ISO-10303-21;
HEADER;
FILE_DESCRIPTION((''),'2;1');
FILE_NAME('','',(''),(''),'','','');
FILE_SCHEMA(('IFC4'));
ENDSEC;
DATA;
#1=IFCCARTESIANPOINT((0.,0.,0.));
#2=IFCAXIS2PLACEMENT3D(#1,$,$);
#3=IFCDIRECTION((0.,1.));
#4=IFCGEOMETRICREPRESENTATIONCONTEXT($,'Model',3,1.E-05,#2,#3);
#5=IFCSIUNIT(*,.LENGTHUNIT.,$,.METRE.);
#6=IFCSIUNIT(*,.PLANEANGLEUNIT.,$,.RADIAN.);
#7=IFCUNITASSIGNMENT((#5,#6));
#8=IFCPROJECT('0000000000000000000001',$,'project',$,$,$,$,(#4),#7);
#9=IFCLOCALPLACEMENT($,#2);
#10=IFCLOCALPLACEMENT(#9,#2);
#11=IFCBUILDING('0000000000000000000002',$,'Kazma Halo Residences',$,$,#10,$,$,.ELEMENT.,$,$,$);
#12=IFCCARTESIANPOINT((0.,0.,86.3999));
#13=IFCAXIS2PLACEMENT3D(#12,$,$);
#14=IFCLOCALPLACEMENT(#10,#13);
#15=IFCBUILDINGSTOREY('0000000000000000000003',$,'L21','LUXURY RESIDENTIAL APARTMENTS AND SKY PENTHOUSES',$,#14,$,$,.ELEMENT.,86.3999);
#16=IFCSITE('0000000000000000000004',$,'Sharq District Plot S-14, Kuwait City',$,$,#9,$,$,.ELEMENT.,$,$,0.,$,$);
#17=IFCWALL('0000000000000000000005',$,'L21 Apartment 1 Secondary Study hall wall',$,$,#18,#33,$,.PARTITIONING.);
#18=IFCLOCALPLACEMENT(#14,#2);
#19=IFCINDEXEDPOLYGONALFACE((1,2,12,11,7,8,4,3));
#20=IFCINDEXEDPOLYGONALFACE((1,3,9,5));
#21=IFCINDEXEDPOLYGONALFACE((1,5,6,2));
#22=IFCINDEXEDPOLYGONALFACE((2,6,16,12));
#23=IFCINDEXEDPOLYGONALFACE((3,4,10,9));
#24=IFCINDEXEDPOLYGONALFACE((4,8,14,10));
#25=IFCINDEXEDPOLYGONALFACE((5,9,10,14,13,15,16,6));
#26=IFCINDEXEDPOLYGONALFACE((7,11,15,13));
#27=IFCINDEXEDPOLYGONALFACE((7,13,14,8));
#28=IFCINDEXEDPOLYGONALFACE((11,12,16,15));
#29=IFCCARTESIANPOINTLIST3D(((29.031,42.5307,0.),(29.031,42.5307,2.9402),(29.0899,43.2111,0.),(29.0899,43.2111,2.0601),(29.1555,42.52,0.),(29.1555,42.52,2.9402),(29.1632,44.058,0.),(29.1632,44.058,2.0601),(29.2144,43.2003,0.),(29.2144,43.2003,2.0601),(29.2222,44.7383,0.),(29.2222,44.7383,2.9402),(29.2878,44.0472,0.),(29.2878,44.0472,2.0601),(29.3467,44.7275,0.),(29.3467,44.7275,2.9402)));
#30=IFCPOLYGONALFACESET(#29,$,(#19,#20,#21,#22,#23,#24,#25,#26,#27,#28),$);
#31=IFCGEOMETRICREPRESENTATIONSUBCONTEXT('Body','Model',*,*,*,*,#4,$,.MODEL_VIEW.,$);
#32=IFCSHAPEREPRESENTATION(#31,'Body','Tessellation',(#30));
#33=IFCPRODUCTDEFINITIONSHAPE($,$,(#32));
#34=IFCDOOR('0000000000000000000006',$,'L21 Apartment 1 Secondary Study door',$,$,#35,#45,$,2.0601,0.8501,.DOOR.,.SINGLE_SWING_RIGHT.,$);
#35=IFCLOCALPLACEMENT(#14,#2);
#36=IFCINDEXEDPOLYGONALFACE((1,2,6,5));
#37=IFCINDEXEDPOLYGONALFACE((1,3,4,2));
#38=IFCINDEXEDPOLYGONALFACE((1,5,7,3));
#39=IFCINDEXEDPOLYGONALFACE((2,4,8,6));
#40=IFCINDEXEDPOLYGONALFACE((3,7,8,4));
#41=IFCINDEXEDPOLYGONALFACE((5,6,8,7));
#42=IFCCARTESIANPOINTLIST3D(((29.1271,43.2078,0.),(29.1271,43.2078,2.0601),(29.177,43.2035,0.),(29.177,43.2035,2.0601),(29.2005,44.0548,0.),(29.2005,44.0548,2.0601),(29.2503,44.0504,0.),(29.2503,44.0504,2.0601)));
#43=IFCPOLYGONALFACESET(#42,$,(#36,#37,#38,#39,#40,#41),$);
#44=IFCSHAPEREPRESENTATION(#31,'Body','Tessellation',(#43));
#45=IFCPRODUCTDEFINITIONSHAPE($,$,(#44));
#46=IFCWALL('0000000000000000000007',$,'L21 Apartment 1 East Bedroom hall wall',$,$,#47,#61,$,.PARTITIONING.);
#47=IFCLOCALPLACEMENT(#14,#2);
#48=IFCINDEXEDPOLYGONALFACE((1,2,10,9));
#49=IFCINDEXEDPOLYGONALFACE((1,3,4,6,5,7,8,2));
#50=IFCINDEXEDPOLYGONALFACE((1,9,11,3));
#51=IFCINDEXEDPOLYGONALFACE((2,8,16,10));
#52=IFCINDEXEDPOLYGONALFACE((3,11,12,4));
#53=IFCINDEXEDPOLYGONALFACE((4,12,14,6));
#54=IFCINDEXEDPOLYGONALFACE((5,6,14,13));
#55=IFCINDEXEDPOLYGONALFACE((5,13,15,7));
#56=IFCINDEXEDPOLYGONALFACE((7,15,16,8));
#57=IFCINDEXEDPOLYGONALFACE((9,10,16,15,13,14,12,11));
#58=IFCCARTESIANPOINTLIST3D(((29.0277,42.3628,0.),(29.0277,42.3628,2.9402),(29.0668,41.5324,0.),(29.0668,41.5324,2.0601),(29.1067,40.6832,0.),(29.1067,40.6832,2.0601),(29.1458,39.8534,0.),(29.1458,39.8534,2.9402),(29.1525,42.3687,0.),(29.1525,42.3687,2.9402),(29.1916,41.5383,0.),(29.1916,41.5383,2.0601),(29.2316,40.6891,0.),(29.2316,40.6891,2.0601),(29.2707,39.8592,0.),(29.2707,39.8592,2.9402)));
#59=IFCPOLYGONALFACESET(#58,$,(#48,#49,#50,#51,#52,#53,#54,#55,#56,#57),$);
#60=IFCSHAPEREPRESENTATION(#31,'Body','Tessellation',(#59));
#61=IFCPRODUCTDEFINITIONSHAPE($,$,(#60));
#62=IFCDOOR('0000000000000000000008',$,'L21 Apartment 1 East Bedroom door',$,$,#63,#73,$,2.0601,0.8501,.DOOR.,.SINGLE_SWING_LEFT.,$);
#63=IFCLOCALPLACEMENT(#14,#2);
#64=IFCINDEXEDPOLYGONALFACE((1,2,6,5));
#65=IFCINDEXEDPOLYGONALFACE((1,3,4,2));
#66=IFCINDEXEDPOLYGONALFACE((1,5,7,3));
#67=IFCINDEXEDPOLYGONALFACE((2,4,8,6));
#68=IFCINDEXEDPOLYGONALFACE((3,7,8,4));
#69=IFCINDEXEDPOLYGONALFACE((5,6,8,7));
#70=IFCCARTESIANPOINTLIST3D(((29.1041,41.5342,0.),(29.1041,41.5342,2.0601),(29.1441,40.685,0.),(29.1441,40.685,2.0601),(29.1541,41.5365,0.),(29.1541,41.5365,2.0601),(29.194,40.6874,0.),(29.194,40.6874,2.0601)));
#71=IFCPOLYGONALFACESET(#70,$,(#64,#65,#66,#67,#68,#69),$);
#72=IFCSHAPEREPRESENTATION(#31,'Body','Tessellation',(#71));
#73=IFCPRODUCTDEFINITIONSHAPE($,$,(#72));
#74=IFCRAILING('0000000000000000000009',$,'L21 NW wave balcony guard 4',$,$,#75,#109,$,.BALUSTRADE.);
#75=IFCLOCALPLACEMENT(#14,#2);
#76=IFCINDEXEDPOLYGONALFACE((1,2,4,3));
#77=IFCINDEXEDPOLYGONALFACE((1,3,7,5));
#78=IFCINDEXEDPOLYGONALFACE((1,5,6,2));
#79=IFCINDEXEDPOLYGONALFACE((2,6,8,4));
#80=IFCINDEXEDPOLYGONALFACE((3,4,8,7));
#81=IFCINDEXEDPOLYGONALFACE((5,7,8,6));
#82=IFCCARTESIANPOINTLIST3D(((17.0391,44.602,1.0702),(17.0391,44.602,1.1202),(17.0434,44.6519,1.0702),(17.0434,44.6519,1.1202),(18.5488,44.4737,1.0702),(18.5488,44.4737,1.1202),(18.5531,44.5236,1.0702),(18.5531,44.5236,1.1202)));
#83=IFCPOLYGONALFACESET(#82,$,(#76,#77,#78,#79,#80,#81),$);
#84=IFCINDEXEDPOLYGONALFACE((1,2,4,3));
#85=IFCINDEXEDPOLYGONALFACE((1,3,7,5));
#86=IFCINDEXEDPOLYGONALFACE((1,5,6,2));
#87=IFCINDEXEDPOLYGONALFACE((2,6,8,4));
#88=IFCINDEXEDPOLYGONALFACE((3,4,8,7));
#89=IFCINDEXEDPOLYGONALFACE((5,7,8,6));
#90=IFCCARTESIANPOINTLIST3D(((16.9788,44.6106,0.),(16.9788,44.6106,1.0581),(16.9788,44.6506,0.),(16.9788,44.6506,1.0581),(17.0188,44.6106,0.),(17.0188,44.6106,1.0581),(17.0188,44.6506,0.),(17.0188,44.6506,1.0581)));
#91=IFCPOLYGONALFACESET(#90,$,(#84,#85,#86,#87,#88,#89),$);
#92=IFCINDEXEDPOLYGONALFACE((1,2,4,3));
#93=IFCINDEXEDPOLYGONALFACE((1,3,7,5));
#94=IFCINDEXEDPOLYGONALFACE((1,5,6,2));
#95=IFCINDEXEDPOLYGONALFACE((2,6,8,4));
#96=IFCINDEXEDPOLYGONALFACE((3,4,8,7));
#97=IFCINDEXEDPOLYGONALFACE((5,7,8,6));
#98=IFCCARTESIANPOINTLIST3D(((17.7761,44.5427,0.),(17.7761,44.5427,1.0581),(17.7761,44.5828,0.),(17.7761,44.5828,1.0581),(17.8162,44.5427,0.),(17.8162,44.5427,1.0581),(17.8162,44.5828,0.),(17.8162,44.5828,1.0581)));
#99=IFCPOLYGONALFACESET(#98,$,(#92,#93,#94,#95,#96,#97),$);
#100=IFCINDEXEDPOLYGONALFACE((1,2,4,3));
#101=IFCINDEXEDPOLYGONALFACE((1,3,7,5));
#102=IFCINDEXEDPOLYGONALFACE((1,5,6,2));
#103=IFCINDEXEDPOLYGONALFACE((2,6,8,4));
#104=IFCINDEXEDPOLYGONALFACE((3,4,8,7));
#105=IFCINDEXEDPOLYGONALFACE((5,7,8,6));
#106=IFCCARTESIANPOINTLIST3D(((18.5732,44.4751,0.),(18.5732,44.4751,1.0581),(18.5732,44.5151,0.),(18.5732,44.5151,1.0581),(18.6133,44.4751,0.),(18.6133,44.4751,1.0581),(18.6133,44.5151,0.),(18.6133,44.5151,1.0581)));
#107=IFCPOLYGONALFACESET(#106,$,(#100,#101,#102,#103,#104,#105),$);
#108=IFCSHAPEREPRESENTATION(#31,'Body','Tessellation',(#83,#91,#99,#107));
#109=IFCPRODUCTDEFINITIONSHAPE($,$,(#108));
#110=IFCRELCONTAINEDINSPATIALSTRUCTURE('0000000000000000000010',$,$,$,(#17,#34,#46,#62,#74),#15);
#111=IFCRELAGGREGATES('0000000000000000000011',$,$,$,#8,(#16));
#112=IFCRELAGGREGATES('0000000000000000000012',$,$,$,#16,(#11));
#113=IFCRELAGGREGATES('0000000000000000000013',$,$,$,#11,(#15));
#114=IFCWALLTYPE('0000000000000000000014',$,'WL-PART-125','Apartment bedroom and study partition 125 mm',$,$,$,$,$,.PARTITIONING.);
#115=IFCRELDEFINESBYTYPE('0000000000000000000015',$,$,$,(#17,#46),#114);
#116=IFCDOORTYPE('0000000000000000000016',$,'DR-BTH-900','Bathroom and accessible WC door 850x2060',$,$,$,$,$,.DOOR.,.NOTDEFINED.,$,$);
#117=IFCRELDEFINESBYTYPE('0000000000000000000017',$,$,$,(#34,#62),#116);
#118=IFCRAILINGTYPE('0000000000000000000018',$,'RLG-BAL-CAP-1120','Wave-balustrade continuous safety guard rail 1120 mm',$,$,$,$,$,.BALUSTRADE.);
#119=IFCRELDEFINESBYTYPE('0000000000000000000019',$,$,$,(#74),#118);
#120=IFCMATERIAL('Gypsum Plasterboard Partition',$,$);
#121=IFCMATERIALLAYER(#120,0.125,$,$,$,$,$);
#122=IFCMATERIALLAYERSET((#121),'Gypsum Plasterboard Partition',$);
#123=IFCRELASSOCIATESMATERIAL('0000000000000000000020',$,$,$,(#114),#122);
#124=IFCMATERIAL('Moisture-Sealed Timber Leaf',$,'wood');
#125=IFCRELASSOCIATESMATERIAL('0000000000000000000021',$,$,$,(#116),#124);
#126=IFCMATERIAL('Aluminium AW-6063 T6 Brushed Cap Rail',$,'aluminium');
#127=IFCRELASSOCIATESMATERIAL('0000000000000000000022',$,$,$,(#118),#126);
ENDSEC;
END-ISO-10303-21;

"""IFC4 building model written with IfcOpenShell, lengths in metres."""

from ifc_helpers import new_model, si_unit, direction, frame, frame_2d, origin, origin_2d, place, context, subcontext, project, spatial, rectangle, extrude, material, layer, layer_set, type_object, element, fill, save


model = new_model("IFC4")

# Units and contexts
model_context = context("Model", 3, precision=1e-05, world=origin(), true_north=direction((0.0, 1.0)))
body_context = subcontext(model_context, "Body", "Model", "MODEL_VIEW")
ifc_project = project(units=[si_unit("LENGTHUNIT", "METRE"), si_unit("PLANEANGLEUNIT", "RADIAN")], contexts=[model_context])

# Site, building, storey
site_placement = place(None, origin())
site = spatial("IfcSite", under=ifc_project, at=site_placement, Name="Sharq District Plot S-14, Kuwait City", CompositionType="ELEMENT", RefElevation=0.0)
building_placement = place(site_placement, origin())
building = spatial("IfcBuilding", under=site, at=building_placement, Name="Kazma Halo Residences", CompositionType="ELEMENT")
storey_placement = place(building_placement, frame((0.0, 0.0, 86.3999)))
storey = spatial("IfcBuildingStorey", under=building, at=storey_placement, Name="L21", Description="LUXURY RESIDENTIAL APARTMENTS AND SKY PENTHOUSES", CompositionType="ELEMENT", Elevation=86.3999)

# Shared definitions
ifc_material_1 = material(Name="Gypsum Plasterboard Partition")
ifc_layer_1 = layer(ifc_material_1, 0.125)
ifc_layer_set_1 = layer_set([ifc_layer_1], Name="Gypsum Plasterboard Partition")
wall_type_1 = type_object("IfcWallType", Name="WL-PART-125", Description="Apartment bedroom and study partition 125 mm", PredefinedType="PARTITIONING", material=ifc_layer_set_1)

# Shared definitions
ifc_material_2 = material(Name="Moisture-Sealed Timber Leaf", Category="wood")
door_type = type_object("IfcDoorType", Name="DR-BTH-900", Description="Bathroom and accessible WC door 850x2060", OperationType="NOTDEFINED", PredefinedType="DOOR", material=ifc_material_2)

# Walls, openings, doors
wall_1_placement = place(storey_placement, frame((29.2844, 44.7329, 0.0), z_axis=(0.0, 0.0, 1.0), x_axis=(-0.086273, -0.996272, 0.0)))
wall_1 = element("IfcWall", 1, at=wall_1_placement, inside=storey, type_object=wall_type_1, Name="L21 Apartment 1 Secondary Study hall wall", PredefinedType="PARTITIONING", context=body_context, shape_type="SweptSolid", body=[
    extrude(rectangle(XDim=2.2158, YDim=0.125, at=frame_2d((1.1079, 0.0))), origin(), (0.0, 0.0, 1.0), 2.9402),
])
opening_1_placement = place(wall_1_placement, frame((0.6829, 0.0, 0.0)))
opening_1 = element("IfcOpeningElement", 2, at=opening_1_placement, cuts=wall_1, PredefinedType="OPENING", context=body_context, shape_type="SweptSolid", body=[
    extrude(rectangle(XDim=0.8501, YDim=2.0601, at=frame_2d((0.425, 1.03))), frame((0.0, 0.0725, 0.0), z_axis=(0.0, -1.0, 0.0), x_axis=(1.0, 0.0, 0.0)), (0.0, 0.0, 1.0), 0.145),
])
door_1_placement = place(opening_1_placement, origin())
door_1 = element("IfcDoor", 3, at=door_1_placement, inside=storey, type_object=door_type, Name="L21 Apartment 1 Secondary Study door", OperationType="SINGLE_SWING_RIGHT", OverallHeight=2.0601, OverallWidth=0.8501, PredefinedType="DOOR", context=body_context, shape_type="SweptSolid", body=[
    extrude(rectangle(XDim=0.8501, YDim=2.0601, at=frame_2d((0.425, 1.03))), frame((0.0, 0.0249, 0.0), z_axis=(0.0, -1.0, 0.0), x_axis=(1.0, 0.0, 0.0)), (0.0, 0.0, 1.0), 0.05),
])
fill(opening_1, door_1)
wall_2_placement = place(storey_placement, frame((29.0901, 42.3657, 0.0), z_axis=(0.0, 0.0, 1.0), x_axis=(0.047034, -0.998893, 0.0)))
wall_2 = element("IfcWall", 4, at=wall_2_placement, inside=storey, type_object=wall_type_1, Name="L21 Apartment 1 East Bedroom hall wall", PredefinedType="PARTITIONING", context=body_context, shape_type="SweptSolid", body=[
    extrude(rectangle(XDim=2.5122, YDim=0.125, at=frame_2d((1.2561, 0.0))), origin(), (0.0, 0.0, 1.0), 2.9402),
])
opening_2_placement = place(wall_2_placement, frame((0.8313, 0.0, 0.0)))
opening_2 = element("IfcOpeningElement", 5, at=opening_2_placement, cuts=wall_2, PredefinedType="OPENING", context=body_context, shape_type="SweptSolid", body=[
    extrude(rectangle(XDim=0.8501, YDim=2.0601, at=frame_2d((0.425, 1.03))), frame((0.0, 0.0725, 0.0), z_axis=(0.0, -1.0, 0.0), x_axis=(1.0, 0.0, 0.0)), (0.0, 0.0, 1.0), 0.145),
])
door_2_placement = place(opening_2_placement, origin())
door_2 = element("IfcDoor", 6, at=door_2_placement, inside=storey, type_object=door_type, Name="L21 Apartment 1 East Bedroom door", OperationType="SINGLE_SWING_LEFT", OverallHeight=2.0601, OverallWidth=0.8501, PredefinedType="DOOR", context=body_context, shape_type="SweptSolid", body=[
    extrude(rectangle(XDim=0.8501, YDim=2.0601, at=frame_2d((0.425, 1.03))), frame((0.0, 0.0249, 0.0), z_axis=(0.0, -1.0, 0.0), x_axis=(1.0, 0.0, 0.0)), (0.0, 0.0, 1.0), 0.05),
])
fill(opening_2, door_2)

# Railing
ifc_material_3 = material(Name="Aluminium AW-6063 T6 Brushed Cap Rail", Category="aluminium")
railing_type = type_object("IfcRailingType", Name="RLG-BAL-CAP-1120", Description="Wave-balustrade continuous safety guard rail 1120 mm", PredefinedType="BALUSTRADE", material=ifc_material_3)
railing_placement = place(storey_placement, frame((16.9988, 44.6306, 0.0)))
element("IfcRailing", 7, at=railing_placement, inside=storey, type_object=railing_type, Name="L21 NW wave balcony guard 4", PredefinedType="BALUSTRADE", context=body_context, shape_type="SweptSolid", body=[
    extrude(rectangle(XDim=0.05, YDim=0.05, at=origin_2d()), frame((0.0425, -0.0037, 1.0952), z_axis=(0.996409, -0.084674, 0.0), x_axis=(0.084674, 0.996409, 0.0)), (0.0, 0.0, 1.0), 1.5151),
    extrude(rectangle(XDim=0.04, YDim=0.04, at=origin_2d()), origin(), (0.0, 0.0, 1.0), 1.0581),
    extrude(rectangle(XDim=0.04, YDim=0.04, at=origin_2d()), frame((0.7974, -0.0679, 0.0)), (0.0, 0.0, 1.0), 1.0581),
    extrude(rectangle(XDim=0.04, YDim=0.04, at=origin_2d()), frame((1.5945, -0.1355, 0.0)), (0.0, 0.0, 1.0), 1.0581),
])

save(model, "model.ifc")
